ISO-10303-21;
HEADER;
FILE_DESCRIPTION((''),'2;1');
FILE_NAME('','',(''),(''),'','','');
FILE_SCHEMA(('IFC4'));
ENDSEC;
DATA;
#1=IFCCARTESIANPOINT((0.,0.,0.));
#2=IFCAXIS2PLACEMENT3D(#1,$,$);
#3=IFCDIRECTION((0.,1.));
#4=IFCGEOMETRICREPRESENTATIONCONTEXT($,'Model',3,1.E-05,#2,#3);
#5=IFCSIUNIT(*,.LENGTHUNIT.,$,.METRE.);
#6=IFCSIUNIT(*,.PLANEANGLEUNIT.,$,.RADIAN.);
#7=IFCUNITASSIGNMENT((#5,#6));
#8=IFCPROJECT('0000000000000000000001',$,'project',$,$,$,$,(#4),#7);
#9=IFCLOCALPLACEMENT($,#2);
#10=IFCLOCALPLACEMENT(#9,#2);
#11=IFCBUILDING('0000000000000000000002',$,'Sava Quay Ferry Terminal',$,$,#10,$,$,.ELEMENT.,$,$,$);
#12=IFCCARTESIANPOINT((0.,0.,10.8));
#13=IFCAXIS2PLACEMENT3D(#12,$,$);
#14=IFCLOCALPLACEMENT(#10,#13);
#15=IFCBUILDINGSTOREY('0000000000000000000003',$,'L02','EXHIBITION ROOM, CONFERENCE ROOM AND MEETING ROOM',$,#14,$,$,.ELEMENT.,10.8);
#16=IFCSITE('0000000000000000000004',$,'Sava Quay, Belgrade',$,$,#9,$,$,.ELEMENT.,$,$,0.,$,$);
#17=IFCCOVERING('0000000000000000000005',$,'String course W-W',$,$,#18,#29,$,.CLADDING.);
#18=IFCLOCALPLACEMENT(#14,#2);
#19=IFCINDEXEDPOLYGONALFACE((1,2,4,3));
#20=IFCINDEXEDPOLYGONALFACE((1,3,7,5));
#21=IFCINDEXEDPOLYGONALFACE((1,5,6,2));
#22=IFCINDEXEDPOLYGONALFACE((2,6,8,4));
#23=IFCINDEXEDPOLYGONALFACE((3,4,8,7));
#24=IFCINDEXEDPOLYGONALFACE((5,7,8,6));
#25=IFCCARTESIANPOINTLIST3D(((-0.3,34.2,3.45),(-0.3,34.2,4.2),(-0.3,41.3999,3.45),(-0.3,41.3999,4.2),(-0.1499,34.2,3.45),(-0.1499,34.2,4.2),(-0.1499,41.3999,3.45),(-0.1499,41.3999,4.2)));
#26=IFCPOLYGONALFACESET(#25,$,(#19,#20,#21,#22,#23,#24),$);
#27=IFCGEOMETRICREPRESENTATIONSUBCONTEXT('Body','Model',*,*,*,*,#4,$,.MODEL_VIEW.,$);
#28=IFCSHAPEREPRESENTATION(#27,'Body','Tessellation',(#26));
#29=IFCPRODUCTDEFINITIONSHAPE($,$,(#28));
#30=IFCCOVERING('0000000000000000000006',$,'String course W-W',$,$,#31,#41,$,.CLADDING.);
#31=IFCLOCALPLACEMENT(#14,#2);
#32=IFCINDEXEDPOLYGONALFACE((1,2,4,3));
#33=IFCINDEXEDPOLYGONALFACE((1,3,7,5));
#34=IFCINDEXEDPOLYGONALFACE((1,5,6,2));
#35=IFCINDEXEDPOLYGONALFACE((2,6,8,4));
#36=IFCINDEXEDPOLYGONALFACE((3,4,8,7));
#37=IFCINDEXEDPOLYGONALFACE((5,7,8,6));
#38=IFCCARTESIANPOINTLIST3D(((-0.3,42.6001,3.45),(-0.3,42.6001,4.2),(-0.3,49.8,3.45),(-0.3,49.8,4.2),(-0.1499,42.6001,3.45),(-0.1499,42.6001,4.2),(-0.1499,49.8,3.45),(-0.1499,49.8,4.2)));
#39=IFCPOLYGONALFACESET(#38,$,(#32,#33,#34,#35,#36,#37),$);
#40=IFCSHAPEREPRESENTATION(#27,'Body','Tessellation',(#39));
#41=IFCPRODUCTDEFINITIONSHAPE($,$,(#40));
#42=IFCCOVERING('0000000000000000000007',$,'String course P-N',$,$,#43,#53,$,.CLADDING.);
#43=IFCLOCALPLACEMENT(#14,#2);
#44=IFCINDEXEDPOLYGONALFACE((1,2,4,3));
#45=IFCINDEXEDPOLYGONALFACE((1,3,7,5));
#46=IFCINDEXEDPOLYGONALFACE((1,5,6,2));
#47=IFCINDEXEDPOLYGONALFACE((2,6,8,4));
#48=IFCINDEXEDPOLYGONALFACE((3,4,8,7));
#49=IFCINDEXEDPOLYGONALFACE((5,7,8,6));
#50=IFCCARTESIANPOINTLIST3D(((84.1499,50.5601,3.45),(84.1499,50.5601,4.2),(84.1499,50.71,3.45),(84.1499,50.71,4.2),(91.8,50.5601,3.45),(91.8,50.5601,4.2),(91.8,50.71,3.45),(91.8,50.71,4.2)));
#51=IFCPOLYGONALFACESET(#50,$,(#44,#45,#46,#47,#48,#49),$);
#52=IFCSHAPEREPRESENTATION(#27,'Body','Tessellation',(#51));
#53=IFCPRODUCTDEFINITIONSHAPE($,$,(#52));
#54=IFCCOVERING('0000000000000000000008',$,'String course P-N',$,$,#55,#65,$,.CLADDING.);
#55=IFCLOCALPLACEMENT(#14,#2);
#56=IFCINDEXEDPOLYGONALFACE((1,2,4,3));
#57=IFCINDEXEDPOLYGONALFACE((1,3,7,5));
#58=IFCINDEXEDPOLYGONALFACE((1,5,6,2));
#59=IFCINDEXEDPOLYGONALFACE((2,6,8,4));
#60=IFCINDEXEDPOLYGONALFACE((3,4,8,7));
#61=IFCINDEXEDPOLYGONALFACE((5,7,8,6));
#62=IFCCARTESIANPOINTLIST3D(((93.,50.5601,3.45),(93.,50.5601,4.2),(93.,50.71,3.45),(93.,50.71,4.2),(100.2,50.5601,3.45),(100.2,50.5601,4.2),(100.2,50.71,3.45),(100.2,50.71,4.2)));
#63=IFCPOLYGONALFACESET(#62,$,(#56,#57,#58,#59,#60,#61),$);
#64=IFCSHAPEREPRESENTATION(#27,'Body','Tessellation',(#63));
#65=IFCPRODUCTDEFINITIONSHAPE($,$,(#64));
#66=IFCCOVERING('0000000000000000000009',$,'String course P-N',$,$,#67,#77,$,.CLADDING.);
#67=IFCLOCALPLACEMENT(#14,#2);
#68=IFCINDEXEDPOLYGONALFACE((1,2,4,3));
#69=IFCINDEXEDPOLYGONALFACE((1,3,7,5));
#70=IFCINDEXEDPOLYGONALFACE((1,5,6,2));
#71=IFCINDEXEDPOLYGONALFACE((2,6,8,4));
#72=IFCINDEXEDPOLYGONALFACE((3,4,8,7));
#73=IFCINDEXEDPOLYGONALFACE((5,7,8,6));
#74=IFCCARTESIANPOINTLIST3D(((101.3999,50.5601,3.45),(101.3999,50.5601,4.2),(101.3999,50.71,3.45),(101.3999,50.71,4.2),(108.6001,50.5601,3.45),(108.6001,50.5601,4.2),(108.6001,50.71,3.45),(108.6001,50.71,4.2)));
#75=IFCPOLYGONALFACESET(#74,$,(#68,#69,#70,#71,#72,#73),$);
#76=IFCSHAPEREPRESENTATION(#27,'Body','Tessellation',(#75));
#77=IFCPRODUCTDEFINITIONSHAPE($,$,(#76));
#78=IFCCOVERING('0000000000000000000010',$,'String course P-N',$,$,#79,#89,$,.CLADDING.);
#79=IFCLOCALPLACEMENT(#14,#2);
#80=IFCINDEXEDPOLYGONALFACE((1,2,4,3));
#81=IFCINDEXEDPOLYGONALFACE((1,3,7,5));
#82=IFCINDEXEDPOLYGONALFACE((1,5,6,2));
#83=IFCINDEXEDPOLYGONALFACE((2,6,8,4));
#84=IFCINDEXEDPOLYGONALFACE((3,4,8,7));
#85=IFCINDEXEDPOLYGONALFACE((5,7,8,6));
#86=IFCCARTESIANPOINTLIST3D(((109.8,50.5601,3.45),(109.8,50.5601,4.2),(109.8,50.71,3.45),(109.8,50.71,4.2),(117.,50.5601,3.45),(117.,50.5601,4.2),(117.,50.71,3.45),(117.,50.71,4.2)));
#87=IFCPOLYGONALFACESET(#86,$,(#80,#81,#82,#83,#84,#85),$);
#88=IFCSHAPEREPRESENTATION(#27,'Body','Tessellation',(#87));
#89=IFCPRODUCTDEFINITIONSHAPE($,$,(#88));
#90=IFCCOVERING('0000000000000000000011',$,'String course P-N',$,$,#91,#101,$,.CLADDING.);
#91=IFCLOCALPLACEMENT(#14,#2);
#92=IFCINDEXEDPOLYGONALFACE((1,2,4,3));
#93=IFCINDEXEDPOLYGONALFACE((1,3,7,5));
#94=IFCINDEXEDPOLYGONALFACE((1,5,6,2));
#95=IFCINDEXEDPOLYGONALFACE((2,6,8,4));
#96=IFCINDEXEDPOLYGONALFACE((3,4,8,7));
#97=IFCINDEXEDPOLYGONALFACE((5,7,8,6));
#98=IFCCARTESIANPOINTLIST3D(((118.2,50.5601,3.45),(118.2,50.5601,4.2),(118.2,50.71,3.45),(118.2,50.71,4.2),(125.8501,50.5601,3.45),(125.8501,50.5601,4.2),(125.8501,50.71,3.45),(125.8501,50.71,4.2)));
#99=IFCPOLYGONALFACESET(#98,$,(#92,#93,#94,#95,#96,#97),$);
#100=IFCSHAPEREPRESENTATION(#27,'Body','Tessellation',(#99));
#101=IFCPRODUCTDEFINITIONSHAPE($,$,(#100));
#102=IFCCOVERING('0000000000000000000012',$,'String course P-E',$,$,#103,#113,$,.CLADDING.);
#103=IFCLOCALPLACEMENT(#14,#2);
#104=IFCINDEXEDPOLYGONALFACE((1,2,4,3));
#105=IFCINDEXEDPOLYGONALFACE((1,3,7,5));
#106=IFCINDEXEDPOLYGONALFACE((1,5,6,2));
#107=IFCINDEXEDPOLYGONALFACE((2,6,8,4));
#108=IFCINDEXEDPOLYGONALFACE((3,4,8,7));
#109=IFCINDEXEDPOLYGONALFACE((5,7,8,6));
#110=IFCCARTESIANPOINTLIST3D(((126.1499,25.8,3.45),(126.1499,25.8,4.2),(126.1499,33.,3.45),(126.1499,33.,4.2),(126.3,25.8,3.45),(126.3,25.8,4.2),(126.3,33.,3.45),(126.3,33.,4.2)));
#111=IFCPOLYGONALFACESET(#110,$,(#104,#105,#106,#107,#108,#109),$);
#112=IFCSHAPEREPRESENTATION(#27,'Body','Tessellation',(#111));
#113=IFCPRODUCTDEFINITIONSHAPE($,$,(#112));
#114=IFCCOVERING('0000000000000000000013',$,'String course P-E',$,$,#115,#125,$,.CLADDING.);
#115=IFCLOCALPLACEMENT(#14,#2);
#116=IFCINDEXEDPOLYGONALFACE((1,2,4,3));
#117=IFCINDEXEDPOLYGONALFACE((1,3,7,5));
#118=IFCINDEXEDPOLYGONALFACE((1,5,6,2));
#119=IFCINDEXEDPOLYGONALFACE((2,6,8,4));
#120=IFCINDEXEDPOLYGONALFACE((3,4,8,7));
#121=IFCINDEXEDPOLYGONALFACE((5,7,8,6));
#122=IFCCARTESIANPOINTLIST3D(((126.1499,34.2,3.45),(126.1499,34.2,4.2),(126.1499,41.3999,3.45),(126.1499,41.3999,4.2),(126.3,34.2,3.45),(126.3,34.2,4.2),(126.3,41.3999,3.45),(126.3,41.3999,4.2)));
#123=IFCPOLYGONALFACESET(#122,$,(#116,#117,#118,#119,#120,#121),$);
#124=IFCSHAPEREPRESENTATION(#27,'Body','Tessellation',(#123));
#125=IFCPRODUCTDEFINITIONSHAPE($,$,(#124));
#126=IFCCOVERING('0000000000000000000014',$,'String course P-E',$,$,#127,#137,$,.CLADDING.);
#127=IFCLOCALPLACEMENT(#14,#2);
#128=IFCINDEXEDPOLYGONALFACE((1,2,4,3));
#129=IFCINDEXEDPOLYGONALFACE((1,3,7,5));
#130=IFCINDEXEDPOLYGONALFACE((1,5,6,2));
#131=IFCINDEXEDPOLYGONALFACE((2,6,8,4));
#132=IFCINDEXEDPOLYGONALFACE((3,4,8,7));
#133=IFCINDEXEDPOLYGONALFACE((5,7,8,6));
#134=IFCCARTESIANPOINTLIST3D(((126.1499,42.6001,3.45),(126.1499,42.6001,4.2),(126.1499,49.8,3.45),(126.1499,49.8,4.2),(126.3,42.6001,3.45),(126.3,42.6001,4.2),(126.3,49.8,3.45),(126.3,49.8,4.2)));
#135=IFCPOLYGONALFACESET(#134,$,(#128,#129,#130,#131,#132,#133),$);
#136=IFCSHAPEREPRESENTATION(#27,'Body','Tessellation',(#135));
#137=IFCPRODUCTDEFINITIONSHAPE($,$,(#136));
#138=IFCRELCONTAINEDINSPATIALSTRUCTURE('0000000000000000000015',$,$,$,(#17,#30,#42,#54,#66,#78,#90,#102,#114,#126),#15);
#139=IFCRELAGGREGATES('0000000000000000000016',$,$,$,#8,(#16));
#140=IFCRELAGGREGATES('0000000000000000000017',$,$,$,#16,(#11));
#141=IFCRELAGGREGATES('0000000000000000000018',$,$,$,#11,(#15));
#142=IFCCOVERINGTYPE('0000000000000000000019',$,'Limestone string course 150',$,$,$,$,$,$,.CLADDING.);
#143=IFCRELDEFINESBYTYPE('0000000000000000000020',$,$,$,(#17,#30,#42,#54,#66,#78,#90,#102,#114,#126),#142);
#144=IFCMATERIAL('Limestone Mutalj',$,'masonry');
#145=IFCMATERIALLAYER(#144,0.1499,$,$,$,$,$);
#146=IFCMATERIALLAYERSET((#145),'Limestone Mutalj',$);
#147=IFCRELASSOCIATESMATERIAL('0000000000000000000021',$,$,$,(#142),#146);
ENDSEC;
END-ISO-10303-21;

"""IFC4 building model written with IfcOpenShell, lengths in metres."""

from ifc_helpers import new_model, si_unit, direction, frame, origin, place, context, subcontext, project, spatial, polyline, outline, extrude, material, layer, layer_set, type_object, element, save


model = new_model("IFC4")

# Units and contexts
model_context = context("Model", 3, precision=1e-05, world=origin(), true_north=direction((0.0, 1.0)))
body_context = subcontext(model_context, "Body", "Model", "MODEL_VIEW")
ifc_project = project(units=[si_unit("LENGTHUNIT", "METRE"), si_unit("PLANEANGLEUNIT", "RADIAN")], contexts=[model_context])

# Site, building, storey
site_placement = place(None, origin())
site = spatial("IfcSite", under=ifc_project, at=site_placement, Name="Sava Quay, Belgrade", CompositionType="ELEMENT", RefElevation=0.0)
building_placement = place(site_placement, origin())
building = spatial("IfcBuilding", under=site, at=building_placement, Name="Sava Quay Ferry Terminal", CompositionType="ELEMENT")
storey_placement = place(building_placement, frame((0.0, 0.0, 10.8)))
storey = spatial("IfcBuildingStorey", under=building, at=storey_placement, Name="L02", Description="EXHIBITION ROOM, CONFERENCE ROOM AND MEETING ROOM", CompositionType="ELEMENT", Elevation=10.8)

# Coverings
ifc_material_1 = material(Name="Limestone Mutalj", Category="masonry")
ifc_layer_1 = layer(ifc_material_1, 0.1499)
ifc_layer_set_1 = layer_set([ifc_layer_1], Name="Limestone Mutalj")
covering_type = type_object("IfcCoveringType", Name="Limestone string course 150", PredefinedType="CLADDING", material=ifc_layer_set_1)
covering_1_placement = place(storey_placement, frame((0.0, 0.0, 3.45)))
element("IfcCovering", 1, at=covering_1_placement, inside=storey, type_object=covering_type, Name="String course W-W", PredefinedType="CLADDING", context=body_context, shape_type="SweptSolid", body=[
    extrude(outline(polyline([(-0.1499, 34.2), (-0.1499, 41.3999), (-0.3, 41.3999), (-0.3, 34.2), (-0.1499, 34.2)])), origin(), (0.0, 0.0, 1.0), 0.75),
])
covering_2_placement = place(storey_placement, frame((0.0, 0.0, 3.45)))
element("IfcCovering", 2, at=covering_2_placement, inside=storey, type_object=covering_type, Name="String course W-W", PredefinedType="CLADDING", context=body_context, shape_type="SweptSolid", body=[
    extrude(outline(polyline([(-0.1499, 42.6001), (-0.1499, 49.8), (-0.3, 49.8), (-0.3, 42.6001), (-0.1499, 42.6001)])), origin(), (0.0, 0.0, 1.0), 0.75),
])
covering_3_placement = place(storey_placement, frame((0.0, 0.0, 3.45)))
element("IfcCovering", 3, at=covering_3_placement, inside=storey, type_object=covering_type, Name="String course P-N", PredefinedType="CLADDING", context=body_context, shape_type="SweptSolid", body=[
    extrude(outline(polyline([(84.1499, 50.5601), (91.8, 50.5601), (91.8, 50.71), (84.1499, 50.71), (84.1499, 50.5601)])), origin(), (0.0, 0.0, 1.0), 0.75),
])
covering_4_placement = place(storey_placement, frame((0.0, 0.0, 3.45)))
element("IfcCovering", 4, at=covering_4_placement, inside=storey, type_object=covering_type, Name="String course P-N", PredefinedType="CLADDING", context=body_context, shape_type="SweptSolid", body=[
    extrude(outline(polyline([(93.0, 50.5601), (100.2, 50.5601), (100.2, 50.71), (93.0, 50.71), (93.0, 50.5601)])), origin(), (0.0, 0.0, 1.0), 0.75),
])
covering_5_placement = place(storey_placement, frame((0.0, 0.0, 3.45)))
element("IfcCovering", 5, at=covering_5_placement, inside=storey, type_object=covering_type, Name="String course P-N", PredefinedType="CLADDING", context=body_context, shape_type="SweptSolid", body=[
    extrude(outline(polyline([(101.3999, 50.5601), (108.6001, 50.5601), (108.6001, 50.71), (101.3999, 50.71), (101.3999, 50.5601)])), origin(), (0.0, 0.0, 1.0), 0.75),
])
covering_6_placement = place(storey_placement, frame((0.0, 0.0, 3.45)))
element("IfcCovering", 6, at=covering_6_placement, inside=storey, type_object=covering_type, Name="String course P-N", PredefinedType="CLADDING", context=body_context, shape_type="SweptSolid", body=[
    extrude(outline(polyline([(109.8, 50.5601), (117.0, 50.5601), (117.0, 50.71), (109.8, 50.71), (109.8, 50.5601)])), origin(), (0.0, 0.0, 1.0), 0.75),
])
covering_7_placement = place(storey_placement, frame((0.0, 0.0, 3.45)))
element("IfcCovering", 7, at=covering_7_placement, inside=storey, type_object=covering_type, Name="String course P-N", PredefinedType="CLADDING", context=body_context, shape_type="SweptSolid", body=[
    extrude(outline(polyline([(118.2, 50.5601), (125.8501, 50.5601), (125.8501, 50.71), (118.2, 50.71), (118.2, 50.5601)])), origin(), (0.0, 0.0, 1.0), 0.75),
])
covering_8_placement = place(storey_placement, frame((0.0, 0.0, 3.45)))
element("IfcCovering", 8, at=covering_8_placement, inside=storey, type_object=covering_type, Name="String course P-E", PredefinedType="CLADDING", context=body_context, shape_type="SweptSolid", body=[
    extrude(outline(polyline([(126.1499, 25.8), (126.1499, 33.0), (126.3, 33.0), (126.3, 25.8), (126.1499, 25.8)])), origin(), (0.0, 0.0, 1.0), 0.75),
])
covering_9_placement = place(storey_placement, frame((0.0, 0.0, 3.45)))
element("IfcCovering", 9, at=covering_9_placement, inside=storey, type_object=covering_type, Name="String course P-E", PredefinedType="CLADDING", context=body_context, shape_type="SweptSolid", body=[
    extrude(outline(polyline([(126.1499, 34.2), (126.1499, 41.3999), (126.3, 41.3999), (126.3, 34.2), (126.1499, 34.2)])), origin(), (0.0, 0.0, 1.0), 0.75),
])
covering_10_placement = place(storey_placement, frame((0.0, 0.0, 3.45)))
element("IfcCovering", 10, at=covering_10_placement, inside=storey, type_object=covering_type, Name="String course P-E", PredefinedType="CLADDING", context=body_context, shape_type="SweptSolid", body=[
    extrude(outline(polyline([(126.1499, 42.6001), (126.1499, 49.8), (126.3, 49.8), (126.3, 42.6001), (126.1499, 42.6001)])), origin(), (0.0, 0.0, 1.0), 0.75),
])

save(model, "model.ifc")
